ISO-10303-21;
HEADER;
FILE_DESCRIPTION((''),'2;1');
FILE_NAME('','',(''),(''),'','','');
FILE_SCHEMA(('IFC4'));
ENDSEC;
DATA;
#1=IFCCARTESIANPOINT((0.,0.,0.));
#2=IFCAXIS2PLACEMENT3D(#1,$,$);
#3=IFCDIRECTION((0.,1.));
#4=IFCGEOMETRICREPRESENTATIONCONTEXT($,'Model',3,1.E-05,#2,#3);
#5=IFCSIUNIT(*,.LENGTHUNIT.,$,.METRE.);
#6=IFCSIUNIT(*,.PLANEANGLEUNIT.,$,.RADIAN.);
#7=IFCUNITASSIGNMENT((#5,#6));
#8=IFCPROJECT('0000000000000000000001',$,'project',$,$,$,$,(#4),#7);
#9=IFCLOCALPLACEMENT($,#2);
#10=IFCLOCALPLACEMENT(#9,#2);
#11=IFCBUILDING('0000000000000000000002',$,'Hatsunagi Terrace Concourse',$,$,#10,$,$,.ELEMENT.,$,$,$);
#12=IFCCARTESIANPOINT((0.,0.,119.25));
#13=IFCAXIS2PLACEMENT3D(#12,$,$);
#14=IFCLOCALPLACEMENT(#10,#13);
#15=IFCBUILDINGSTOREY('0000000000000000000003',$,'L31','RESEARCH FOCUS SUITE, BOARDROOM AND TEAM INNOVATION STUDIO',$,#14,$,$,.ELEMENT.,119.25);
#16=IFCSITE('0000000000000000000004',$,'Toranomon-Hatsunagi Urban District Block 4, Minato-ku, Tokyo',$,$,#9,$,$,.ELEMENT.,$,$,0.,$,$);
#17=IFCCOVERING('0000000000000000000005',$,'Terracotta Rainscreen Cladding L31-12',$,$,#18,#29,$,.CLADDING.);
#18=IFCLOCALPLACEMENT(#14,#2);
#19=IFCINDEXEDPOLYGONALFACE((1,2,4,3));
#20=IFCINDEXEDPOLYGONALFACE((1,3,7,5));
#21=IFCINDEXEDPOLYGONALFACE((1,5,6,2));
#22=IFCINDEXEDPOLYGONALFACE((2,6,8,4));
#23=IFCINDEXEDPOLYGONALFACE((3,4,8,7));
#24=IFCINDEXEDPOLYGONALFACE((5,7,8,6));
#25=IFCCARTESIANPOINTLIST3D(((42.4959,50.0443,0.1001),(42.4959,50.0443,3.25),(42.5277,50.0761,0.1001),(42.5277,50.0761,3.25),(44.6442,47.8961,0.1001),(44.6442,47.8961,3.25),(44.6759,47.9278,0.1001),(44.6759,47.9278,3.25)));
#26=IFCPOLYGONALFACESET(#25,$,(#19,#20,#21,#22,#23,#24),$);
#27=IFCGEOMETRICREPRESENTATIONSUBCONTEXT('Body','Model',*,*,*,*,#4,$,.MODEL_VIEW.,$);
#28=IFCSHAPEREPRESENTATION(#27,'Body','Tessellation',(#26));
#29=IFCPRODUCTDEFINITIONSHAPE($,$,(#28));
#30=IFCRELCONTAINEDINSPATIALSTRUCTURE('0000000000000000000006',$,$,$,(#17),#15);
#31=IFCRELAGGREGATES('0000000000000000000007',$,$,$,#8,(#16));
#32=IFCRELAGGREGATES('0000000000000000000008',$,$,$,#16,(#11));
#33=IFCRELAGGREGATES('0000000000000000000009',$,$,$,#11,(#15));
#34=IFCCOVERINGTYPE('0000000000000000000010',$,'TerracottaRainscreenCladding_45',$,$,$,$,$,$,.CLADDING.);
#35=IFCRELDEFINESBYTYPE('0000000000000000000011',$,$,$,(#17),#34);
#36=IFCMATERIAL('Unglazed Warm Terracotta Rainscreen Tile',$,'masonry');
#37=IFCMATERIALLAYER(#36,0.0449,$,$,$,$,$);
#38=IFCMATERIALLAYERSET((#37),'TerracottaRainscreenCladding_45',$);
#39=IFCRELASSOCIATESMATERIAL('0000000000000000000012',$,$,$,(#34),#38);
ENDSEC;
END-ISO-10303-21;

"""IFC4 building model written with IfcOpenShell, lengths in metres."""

from ifc_helpers import new_model, si_unit, direction, frame, origin, origin_2d, place, context, subcontext, project, spatial, rectangle, extrude, material, layer, layer_set, type_object, element, save


model = new_model("IFC4")

# Units and contexts
model_context = context("Model", 3, precision=1e-05, world=origin(), true_north=direction((0.0, 1.0)))
body_context = subcontext(model_context, "Body", "Model", "MODEL_VIEW")
ifc_project = project(units=[si_unit("LENGTHUNIT", "METRE"), si_unit("PLANEANGLEUNIT", "RADIAN")], contexts=[model_context])

# Site, building, storey
site_placement = place(None, origin())
site = spatial("IfcSite", under=ifc_project, at=site_placement, Name="Toranomon-Hatsunagi Urban District Block 4, Minato-ku, Tokyo", CompositionType="ELEMENT", RefElevation=0.0)
building_placement = place(site_placement, origin())
building = spatial("IfcBuilding", under=site, at=building_placement, Name="Hatsunagi Terrace Concourse", CompositionType="ELEMENT")
storey_placement = place(building_placement, frame((0.0, 0.0, 119.25)))
storey = spatial("IfcBuildingStorey", under=building, at=storey_placement, Name="L31", Description="RESEARCH FOCUS SUITE, BOARDROOM AND TEAM INNOVATION STUDIO", CompositionType="ELEMENT", Elevation=119.25)

# Covering
ifc_material_1 = material(Name="Unglazed Warm Terracotta Rainscreen Tile", Category="masonry")
ifc_layer_1 = layer(ifc_material_1, 0.0449)
ifc_layer_set_1 = layer_set([ifc_layer_1], Name="TerracottaRainscreenCladding_45")
covering_type = type_object("IfcCoveringType", Name="TerracottaRainscreenCladding_45", PredefinedType="CLADDING", material=ifc_layer_set_1)
covering_placement = place(storey_placement, frame((43.5859, 48.9861, 0.1001), z_axis=(0.0, 0.0, 1.0), x_axis=(0.707107, -0.707107, 0.0)))
element("IfcCovering", 1, at=covering_placement, inside=storey, type_object=covering_type, Name="Terracotta Rainscreen Cladding L31-12", PredefinedType="CLADDING", context=body_context, shape_type="SweptSolid", body=[
    extrude(rectangle(XDim=3.0381, YDim=0.0449, at=origin_2d()), origin(), (0.0, 0.0, 1.0), 3.1499),
])

save(model, "model.ifc")
